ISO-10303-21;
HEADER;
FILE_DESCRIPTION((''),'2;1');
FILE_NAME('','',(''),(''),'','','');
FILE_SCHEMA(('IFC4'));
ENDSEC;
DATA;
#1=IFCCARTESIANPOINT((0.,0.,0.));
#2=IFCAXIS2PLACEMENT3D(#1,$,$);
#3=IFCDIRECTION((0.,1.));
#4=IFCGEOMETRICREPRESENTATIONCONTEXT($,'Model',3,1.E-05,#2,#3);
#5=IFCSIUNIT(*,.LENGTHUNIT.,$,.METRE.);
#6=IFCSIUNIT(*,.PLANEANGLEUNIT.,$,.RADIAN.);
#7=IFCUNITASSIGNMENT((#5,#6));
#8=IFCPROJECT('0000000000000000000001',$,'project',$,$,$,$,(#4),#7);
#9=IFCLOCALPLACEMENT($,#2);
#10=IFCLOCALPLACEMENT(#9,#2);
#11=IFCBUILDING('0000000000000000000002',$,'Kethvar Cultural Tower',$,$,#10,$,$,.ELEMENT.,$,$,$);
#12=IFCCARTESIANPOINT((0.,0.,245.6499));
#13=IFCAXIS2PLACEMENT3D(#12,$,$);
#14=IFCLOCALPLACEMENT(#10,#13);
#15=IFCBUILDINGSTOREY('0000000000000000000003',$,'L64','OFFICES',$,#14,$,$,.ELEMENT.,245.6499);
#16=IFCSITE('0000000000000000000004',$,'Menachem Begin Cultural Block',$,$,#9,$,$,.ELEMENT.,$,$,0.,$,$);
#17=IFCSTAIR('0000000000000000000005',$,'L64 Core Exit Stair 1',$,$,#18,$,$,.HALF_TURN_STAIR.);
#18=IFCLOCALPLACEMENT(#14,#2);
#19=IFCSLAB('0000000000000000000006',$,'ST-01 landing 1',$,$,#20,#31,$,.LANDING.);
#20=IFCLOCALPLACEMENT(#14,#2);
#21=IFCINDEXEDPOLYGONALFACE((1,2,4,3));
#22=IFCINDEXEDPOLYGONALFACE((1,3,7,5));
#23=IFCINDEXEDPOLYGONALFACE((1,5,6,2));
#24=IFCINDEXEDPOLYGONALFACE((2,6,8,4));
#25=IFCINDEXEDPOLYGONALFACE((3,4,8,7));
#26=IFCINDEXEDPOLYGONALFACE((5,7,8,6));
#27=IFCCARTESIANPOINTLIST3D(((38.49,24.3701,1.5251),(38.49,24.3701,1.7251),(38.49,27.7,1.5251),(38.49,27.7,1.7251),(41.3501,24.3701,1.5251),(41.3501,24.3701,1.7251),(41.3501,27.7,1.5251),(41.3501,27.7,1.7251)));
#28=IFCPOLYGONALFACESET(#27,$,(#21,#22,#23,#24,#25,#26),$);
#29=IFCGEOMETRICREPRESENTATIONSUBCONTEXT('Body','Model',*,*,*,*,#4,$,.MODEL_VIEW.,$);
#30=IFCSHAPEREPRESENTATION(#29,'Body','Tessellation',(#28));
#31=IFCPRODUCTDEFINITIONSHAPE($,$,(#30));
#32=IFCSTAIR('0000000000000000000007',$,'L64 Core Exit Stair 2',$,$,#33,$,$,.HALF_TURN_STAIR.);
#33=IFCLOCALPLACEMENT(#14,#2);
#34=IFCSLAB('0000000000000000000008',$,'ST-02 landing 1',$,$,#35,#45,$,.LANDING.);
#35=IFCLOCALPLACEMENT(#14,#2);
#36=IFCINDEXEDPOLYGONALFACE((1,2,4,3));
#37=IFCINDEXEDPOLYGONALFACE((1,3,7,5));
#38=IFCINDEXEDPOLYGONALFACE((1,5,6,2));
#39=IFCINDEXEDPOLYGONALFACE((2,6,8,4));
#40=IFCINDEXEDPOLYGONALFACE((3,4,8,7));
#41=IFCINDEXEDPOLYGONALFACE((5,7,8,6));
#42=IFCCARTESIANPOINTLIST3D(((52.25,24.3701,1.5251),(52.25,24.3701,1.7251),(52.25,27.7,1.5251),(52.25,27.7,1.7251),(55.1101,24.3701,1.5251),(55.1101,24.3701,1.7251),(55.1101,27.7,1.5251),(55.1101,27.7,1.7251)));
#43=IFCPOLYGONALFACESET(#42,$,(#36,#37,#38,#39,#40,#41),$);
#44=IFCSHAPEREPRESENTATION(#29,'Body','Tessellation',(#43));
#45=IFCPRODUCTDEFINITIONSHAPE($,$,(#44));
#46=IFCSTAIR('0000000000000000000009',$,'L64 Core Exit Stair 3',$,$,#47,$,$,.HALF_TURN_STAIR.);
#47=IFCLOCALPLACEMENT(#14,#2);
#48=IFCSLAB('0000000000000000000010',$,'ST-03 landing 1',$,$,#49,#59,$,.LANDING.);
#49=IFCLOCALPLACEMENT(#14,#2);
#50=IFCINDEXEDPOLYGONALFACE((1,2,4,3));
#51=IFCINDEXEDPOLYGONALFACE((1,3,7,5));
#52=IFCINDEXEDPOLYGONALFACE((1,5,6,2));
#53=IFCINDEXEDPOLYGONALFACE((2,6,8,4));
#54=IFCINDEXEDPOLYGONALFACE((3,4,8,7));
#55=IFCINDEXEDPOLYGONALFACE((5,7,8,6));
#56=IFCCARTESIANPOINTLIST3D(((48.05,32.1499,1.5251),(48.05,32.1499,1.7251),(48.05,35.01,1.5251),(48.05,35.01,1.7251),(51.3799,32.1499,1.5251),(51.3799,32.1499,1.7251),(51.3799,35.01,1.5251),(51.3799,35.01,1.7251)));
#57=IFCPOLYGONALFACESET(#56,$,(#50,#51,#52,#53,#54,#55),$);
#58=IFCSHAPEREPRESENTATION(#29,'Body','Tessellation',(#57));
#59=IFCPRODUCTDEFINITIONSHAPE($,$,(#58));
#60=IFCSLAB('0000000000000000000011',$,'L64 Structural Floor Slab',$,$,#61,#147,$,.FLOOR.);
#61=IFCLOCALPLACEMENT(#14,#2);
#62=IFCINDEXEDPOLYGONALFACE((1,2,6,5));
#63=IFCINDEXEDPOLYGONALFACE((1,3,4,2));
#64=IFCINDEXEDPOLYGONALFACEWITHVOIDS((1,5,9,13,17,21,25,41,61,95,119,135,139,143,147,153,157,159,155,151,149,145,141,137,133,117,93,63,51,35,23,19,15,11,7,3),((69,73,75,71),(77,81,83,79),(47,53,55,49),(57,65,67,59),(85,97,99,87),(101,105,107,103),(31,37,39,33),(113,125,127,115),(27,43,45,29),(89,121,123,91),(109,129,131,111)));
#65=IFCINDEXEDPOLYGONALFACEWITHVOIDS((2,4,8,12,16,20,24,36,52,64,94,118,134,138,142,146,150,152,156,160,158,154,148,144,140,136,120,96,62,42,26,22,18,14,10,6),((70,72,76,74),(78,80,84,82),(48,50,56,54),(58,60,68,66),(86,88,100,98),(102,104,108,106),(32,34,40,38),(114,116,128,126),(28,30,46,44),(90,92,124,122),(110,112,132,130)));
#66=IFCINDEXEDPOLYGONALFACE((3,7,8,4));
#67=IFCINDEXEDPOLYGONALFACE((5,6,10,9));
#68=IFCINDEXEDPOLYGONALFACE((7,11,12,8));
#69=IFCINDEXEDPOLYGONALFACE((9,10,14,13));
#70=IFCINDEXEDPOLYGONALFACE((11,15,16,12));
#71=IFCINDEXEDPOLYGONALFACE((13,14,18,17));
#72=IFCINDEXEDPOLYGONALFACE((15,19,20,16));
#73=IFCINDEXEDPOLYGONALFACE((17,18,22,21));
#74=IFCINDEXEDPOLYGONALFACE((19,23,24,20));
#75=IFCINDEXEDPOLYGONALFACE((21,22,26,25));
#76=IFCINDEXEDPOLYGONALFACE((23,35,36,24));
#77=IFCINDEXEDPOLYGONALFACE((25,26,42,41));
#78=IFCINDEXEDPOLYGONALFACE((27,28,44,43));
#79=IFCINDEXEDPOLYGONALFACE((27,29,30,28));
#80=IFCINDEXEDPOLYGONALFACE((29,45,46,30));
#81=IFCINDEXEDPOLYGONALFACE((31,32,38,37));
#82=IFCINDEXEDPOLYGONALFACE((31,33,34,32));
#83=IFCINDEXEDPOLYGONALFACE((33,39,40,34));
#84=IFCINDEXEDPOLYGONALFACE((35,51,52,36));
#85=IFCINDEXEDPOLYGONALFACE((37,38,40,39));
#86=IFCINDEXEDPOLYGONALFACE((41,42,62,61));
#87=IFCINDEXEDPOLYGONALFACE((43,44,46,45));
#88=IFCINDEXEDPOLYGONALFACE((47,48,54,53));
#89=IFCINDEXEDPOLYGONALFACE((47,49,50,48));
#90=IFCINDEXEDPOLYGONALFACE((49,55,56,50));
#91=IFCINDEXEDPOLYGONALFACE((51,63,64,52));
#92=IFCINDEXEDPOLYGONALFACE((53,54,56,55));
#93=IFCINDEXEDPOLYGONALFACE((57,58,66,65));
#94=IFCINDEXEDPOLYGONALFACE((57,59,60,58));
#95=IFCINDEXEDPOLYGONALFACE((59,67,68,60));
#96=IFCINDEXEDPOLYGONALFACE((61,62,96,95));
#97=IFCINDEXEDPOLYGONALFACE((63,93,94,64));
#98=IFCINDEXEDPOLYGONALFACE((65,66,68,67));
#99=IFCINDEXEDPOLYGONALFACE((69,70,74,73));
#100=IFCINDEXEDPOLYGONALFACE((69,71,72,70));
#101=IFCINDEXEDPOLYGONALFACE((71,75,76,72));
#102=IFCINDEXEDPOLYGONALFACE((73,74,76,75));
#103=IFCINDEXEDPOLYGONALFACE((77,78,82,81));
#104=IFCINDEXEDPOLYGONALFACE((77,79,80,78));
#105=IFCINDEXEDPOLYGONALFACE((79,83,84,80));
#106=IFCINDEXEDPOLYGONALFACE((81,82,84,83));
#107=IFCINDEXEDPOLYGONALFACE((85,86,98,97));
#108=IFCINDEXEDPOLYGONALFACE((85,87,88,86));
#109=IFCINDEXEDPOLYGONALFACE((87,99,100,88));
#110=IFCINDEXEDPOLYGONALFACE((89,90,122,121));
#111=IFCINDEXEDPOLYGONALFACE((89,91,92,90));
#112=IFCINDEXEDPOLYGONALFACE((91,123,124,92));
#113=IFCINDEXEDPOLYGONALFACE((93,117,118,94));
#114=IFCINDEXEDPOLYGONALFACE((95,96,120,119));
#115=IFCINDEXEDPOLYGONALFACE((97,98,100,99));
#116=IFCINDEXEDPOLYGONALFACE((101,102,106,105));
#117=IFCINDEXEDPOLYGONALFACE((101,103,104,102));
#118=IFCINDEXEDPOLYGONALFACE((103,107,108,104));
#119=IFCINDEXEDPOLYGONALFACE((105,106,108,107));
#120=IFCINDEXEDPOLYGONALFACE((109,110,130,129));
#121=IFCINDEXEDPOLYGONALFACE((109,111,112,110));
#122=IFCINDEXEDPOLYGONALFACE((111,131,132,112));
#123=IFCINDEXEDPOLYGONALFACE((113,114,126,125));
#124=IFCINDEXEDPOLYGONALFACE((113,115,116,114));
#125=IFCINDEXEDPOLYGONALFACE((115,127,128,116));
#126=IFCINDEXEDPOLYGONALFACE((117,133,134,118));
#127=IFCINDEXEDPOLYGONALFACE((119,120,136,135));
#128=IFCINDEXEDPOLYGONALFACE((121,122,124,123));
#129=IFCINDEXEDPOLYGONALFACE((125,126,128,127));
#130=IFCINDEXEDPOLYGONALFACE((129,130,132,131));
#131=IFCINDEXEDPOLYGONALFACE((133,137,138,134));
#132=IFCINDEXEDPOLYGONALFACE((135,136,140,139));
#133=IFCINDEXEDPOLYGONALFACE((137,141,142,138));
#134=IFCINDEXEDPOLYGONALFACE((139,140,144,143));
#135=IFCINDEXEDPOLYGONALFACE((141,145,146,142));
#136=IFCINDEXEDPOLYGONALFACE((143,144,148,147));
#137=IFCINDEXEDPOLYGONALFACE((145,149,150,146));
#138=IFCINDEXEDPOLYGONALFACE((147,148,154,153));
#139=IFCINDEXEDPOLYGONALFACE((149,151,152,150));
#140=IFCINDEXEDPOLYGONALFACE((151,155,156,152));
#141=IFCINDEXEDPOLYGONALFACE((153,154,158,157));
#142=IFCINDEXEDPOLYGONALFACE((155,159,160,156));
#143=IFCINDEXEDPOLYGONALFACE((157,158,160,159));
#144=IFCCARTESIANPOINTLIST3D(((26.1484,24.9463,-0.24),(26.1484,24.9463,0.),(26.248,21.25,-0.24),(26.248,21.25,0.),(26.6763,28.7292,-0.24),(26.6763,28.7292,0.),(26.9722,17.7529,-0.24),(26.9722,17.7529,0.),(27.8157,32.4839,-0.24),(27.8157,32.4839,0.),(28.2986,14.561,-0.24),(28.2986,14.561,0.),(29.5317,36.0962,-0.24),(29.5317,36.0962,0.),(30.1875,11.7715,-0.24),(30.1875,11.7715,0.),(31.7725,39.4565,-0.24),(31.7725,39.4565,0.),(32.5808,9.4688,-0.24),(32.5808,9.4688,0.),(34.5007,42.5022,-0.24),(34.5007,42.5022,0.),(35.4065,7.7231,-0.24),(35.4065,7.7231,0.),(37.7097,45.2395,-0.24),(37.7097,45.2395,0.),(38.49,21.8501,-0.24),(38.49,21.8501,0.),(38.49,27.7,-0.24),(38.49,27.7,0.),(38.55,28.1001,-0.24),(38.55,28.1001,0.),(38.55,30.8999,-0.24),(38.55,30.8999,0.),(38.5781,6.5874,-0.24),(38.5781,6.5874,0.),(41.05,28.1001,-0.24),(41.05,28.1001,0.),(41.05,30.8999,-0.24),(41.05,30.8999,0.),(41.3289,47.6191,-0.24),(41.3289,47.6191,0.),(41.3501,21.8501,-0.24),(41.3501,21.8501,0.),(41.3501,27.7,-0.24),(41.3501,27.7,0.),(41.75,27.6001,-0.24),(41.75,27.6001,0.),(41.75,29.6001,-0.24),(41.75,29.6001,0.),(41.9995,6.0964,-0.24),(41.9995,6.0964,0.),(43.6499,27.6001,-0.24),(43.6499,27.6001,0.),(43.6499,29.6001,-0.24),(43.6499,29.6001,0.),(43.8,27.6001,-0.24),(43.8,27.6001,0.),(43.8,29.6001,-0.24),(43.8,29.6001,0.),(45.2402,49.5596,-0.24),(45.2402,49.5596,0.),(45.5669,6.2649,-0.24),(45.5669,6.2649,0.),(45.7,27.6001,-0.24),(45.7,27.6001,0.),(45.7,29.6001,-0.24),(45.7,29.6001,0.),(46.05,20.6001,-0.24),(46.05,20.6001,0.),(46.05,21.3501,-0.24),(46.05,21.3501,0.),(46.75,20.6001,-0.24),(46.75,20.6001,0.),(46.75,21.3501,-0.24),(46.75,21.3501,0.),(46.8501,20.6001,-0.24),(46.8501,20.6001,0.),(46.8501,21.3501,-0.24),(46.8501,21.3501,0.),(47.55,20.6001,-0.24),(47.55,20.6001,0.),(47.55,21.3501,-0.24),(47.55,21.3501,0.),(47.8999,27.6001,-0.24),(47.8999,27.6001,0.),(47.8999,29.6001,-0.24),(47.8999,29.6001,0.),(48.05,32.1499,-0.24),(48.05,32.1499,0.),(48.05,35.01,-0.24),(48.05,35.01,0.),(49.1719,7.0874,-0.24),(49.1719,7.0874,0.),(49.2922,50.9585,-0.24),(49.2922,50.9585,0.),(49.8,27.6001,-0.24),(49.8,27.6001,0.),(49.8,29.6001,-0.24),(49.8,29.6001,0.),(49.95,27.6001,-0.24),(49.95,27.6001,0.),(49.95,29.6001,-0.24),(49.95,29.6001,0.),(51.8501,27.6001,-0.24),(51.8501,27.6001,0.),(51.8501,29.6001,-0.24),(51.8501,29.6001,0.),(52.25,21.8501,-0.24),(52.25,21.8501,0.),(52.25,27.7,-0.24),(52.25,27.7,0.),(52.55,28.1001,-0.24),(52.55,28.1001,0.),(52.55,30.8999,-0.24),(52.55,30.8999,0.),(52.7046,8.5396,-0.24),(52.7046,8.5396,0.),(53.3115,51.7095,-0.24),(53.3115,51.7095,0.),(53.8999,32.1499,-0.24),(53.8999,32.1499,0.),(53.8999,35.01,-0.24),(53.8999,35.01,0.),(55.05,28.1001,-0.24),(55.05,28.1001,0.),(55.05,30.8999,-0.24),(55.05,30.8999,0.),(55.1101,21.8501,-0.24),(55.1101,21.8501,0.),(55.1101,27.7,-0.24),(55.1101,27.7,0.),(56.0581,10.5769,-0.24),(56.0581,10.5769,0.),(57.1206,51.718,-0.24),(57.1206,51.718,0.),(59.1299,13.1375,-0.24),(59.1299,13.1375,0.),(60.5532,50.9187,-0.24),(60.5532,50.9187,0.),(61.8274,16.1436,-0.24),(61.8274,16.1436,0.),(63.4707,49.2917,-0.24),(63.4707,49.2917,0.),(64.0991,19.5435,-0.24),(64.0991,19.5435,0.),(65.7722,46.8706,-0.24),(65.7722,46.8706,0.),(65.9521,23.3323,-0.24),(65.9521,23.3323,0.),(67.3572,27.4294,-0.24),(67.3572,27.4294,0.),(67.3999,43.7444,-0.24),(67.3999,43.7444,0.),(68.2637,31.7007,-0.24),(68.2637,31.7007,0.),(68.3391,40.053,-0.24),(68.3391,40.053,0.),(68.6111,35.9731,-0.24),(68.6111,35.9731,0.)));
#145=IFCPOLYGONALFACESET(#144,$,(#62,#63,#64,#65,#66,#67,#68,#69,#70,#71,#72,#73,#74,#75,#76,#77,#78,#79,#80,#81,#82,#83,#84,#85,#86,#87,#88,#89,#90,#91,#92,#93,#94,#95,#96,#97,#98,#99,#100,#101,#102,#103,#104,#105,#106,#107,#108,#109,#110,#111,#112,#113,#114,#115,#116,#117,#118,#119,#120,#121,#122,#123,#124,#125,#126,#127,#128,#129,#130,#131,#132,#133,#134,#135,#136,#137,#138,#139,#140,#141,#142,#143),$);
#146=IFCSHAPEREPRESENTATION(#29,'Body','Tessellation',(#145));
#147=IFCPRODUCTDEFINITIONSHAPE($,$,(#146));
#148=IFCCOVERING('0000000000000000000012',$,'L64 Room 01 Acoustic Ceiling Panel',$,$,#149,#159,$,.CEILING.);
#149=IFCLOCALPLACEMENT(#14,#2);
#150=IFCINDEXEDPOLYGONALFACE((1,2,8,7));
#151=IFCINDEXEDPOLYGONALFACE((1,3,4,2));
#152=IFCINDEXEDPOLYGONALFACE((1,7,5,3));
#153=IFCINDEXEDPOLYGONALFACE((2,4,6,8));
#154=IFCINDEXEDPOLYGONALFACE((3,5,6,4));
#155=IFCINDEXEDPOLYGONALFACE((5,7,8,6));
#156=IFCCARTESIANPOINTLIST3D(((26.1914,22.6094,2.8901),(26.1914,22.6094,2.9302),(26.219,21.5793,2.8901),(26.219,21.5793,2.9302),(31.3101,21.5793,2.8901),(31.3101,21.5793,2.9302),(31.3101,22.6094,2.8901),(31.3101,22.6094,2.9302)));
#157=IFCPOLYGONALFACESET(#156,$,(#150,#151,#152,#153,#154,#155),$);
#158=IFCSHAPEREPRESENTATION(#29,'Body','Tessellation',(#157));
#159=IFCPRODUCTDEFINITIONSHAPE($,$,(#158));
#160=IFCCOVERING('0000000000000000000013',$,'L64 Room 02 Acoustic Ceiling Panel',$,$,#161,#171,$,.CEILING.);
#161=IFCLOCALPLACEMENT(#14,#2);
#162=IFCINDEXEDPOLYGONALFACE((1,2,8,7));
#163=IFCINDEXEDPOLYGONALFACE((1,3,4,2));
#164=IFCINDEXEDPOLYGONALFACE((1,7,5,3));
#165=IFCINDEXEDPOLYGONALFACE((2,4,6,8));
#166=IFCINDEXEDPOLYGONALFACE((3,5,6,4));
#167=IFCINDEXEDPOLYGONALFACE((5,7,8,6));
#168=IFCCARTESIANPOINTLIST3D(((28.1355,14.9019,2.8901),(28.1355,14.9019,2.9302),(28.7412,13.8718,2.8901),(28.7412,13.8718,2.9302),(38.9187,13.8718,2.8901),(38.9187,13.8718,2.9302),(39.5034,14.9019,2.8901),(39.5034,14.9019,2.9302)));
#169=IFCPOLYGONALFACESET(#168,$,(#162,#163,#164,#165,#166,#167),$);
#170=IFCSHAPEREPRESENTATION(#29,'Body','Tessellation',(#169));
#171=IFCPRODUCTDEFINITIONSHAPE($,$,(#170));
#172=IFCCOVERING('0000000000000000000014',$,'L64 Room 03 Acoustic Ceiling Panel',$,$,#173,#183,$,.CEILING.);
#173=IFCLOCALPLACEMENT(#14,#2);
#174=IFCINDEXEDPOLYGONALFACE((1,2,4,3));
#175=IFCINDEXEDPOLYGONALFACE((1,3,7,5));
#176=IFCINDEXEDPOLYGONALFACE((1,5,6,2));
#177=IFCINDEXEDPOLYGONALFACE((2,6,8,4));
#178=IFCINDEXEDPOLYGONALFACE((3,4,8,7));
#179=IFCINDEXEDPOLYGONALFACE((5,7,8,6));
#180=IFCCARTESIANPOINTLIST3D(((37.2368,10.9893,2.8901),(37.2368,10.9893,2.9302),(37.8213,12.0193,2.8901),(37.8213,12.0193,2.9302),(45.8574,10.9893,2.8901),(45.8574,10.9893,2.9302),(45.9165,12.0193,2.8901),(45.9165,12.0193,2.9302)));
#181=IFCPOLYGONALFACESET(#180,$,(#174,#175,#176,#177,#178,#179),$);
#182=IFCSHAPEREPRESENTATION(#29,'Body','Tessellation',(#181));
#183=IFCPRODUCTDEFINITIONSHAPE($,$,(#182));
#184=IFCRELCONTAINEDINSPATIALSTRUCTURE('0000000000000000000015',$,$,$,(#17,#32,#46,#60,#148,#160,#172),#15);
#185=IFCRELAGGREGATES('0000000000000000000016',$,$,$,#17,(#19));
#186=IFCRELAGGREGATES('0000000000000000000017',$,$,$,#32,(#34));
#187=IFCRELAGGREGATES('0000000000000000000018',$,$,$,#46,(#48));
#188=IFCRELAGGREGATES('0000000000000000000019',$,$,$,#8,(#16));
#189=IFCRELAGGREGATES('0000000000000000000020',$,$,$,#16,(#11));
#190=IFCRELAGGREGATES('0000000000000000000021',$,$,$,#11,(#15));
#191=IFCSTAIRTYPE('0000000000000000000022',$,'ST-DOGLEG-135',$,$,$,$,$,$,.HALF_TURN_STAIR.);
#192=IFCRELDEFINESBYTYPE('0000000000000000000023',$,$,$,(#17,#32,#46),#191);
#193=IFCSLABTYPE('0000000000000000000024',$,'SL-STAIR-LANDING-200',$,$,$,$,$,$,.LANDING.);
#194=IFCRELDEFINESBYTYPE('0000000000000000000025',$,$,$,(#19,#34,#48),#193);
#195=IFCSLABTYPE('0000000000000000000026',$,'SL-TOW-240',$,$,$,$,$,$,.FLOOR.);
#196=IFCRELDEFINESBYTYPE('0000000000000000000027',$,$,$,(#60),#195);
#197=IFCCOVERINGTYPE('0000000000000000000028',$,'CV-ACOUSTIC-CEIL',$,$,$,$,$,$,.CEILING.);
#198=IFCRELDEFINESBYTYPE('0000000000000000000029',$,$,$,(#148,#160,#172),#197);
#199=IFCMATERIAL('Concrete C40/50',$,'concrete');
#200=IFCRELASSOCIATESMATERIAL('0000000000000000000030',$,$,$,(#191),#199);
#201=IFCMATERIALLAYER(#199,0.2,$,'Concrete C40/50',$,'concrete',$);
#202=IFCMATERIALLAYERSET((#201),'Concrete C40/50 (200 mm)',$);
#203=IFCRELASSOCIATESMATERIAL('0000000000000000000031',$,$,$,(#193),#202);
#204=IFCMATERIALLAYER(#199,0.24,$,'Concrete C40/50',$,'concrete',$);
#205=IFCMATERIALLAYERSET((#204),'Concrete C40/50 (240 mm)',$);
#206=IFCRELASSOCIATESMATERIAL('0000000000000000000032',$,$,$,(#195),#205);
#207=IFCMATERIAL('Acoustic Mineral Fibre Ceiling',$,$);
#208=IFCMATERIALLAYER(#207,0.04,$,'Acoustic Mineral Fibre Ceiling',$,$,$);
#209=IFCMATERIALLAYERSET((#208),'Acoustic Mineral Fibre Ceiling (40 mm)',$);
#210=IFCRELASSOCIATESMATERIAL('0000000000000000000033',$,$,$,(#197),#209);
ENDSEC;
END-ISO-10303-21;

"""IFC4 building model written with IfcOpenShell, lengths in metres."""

from ifc_helpers import new_model, si_unit, direction, frame, origin, place, context, subcontext, project, spatial, polyline, outline, extrude, material, layer, layer_set, type_object, element, aggregate, save


model = new_model("IFC4")

# Units and contexts
model_context = context("Model", 3, precision=1e-05, world=origin(), true_north=direction((0.0, 1.0)))
body_context = subcontext(model_context, "Body", "Model", "MODEL_VIEW")
ifc_project = project(units=[si_unit("LENGTHUNIT", "METRE"), si_unit("PLANEANGLEUNIT", "RADIAN")], contexts=[model_context])

# Site, building, storey
site_placement = place(None, origin())
site = spatial("IfcSite", under=ifc_project, at=site_placement, Name="Menachem Begin Cultural Block", CompositionType="ELEMENT", RefElevation=0.0)
building_placement = place(site_placement, origin())
building = spatial("IfcBuilding", under=site, at=building_placement, Name="Kethvar Cultural Tower", CompositionType="ELEMENT")
storey_placement = place(building_placement, frame((0.0, 0.0, 245.6499)))
storey = spatial("IfcBuildingStorey", under=building, at=storey_placement, Name="L64", Description="OFFICES", CompositionType="ELEMENT", Elevation=245.6499)

# Stairs, slabs
ifc_material_1 = material(Name="Concrete C40/50", Category="concrete")
stair_type = type_object("IfcStairType", Name="ST-DOGLEG-135", PredefinedType="HALF_TURN_STAIR", material=ifc_material_1)
stair_1_placement = place(storey_placement, origin())
stair_1 = element("IfcStair", 1, at=stair_1_placement, inside=storey, type_object=stair_type, Name="L64 Core Exit Stair 1", PredefinedType="HALF_TURN_STAIR")
ifc_layer_1 = layer(ifc_material_1, 0.2, Name="Concrete C40/50", Category="concrete")
ifc_layer_set_1 = layer_set([ifc_layer_1], Name="Concrete C40/50 (200 mm)")
slab_type_1 = type_object("IfcSlabType", Name="SL-STAIR-LANDING-200", PredefinedType="LANDING", material=ifc_layer_set_1)
slab_1_placement = place(storey_placement, frame((0.0, 0.0, 1.5251)))
slab_1 = element("IfcSlab", 2, at=slab_1_placement, type_object=slab_type_1, Name="ST-01 landing 1", PredefinedType="LANDING", context=body_context, shape_type="SweptSolid", body=[
    extrude(outline(polyline([(41.3501, 24.3701), (41.3501, 27.7), (38.49, 27.7), (38.49, 24.3701), (41.3501, 24.3701)])), origin(), (0.0, 0.0, 1.0), 0.2),
])
aggregate(stair_1, [slab_1])
stair_2_placement = place(storey_placement, origin())
stair_2 = element("IfcStair", 3, at=stair_2_placement, inside=storey, type_object=stair_type, Name="L64 Core Exit Stair 2", PredefinedType="HALF_TURN_STAIR")
slab_2_placement = place(storey_placement, frame((0.0, 0.0, 1.5251)))
slab_2 = element("IfcSlab", 4, at=slab_2_placement, type_object=slab_type_1, Name="ST-02 landing 1", PredefinedType="LANDING", context=body_context, shape_type="SweptSolid", body=[
    extrude(outline(polyline([(55.1101, 24.3701), (55.1101, 27.7), (52.25, 27.7), (52.25, 24.3701), (55.1101, 24.3701)])), origin(), (0.0, 0.0, 1.0), 0.2),
])
aggregate(stair_2, [slab_2])
stair_3_placement = place(storey_placement, origin())
stair_3 = element("IfcStair", 5, at=stair_3_placement, inside=storey, type_object=stair_type, Name="L64 Core Exit Stair 3", PredefinedType="HALF_TURN_STAIR")
slab_3_placement = place(storey_placement, frame((0.0, 0.0, 1.5251)))
slab_3 = element("IfcSlab", 6, at=slab_3_placement, type_object=slab_type_1, Name="ST-03 landing 1", PredefinedType="LANDING", context=body_context, shape_type="SweptSolid", body=[
    extrude(outline(polyline([(51.3799, 35.01), (48.05, 35.01), (48.05, 32.1499), (51.3799, 32.1499), (51.3799, 35.01)])), origin(), (0.0, 0.0, 1.0), 0.2),
])
aggregate(stair_3, [slab_3])

# Slab
ifc_layer_2 = layer(ifc_material_1, 0.24, Name="Concrete C40/50", Category="concrete")
ifc_layer_set_2 = layer_set([ifc_layer_2], Name="Concrete C40/50 (240 mm)")
slab_type_2 = type_object("IfcSlabType", Name="SL-TOW-240", PredefinedType="FLOOR", material=ifc_layer_set_2)
slab_4_placement = place(storey_placement, frame((0.0, 0.0, -0.24)))
element("IfcSlab", 7, at=slab_4_placement, inside=storey, type_object=slab_type_2, Name="L64 Structural Floor Slab", PredefinedType="FLOOR", context=body_context, shape_type="SweptSolid", body=[
    extrude(outline(polyline([(63.4707, 49.2917), (60.5532, 50.9187), (57.1206, 51.718), (53.3115, 51.7095), (49.2922, 50.9585), (45.2402, 49.5596), (41.3289, 47.6191), (37.7097, 45.2395), (34.5007, 42.5022), (31.7725, 39.4565), (29.5317, 36.0962), (27.8157, 32.4839), (26.6763, 28.7292), (26.1484, 24.9463), (26.248, 21.25), (26.9722, 17.7529), (28.2986, 14.561), (30.1875, 11.7715), (32.5808, 9.4688), (35.4065, 7.7231), (38.5781, 6.5874), (41.9995, 6.0964), (45.5669, 6.2649), (49.1719, 7.0874), (52.7046, 8.5396), (56.0581, 10.5769), (59.1299, 13.1375), (61.8274, 16.1436), (64.0991, 19.5435), (65.9521, 23.3323), (67.3572, 27.4294), (68.2637, 31.7007), (68.6111, 35.9731), (68.3391, 40.053), (67.3999, 43.7444), (65.7722, 46.8706), (63.4707, 49.2917)]), holes=[polyline([(38.49, 21.8501), (38.49, 27.7), (41.3501, 27.7), (41.3501, 21.8501), (38.49, 21.8501)]), polyline([(52.25, 21.8501), (52.25, 27.7), (55.1101, 27.7), (55.1101, 21.8501), (52.25, 21.8501)]), polyline([(53.8999, 32.1499), (48.05, 32.1499), (48.05, 35.01), (53.8999, 35.01), (53.8999, 32.1499)]), polyline([(41.75, 29.6001), (43.6499, 29.6001), (43.6499, 27.6001), (41.75, 27.6001), (41.75, 29.6001)]), polyline([(43.8, 29.6001), (45.7, 29.6001), (45.7, 27.6001), (43.8, 27.6001), (43.8, 29.6001)]), polyline([(47.8999, 29.6001), (49.8, 29.6001), (49.8, 27.6001), (47.8999, 27.6001), (47.8999, 29.6001)]), polyline([(49.95, 29.6001), (51.8501, 29.6001), (51.8501, 27.6001), (49.95, 27.6001), (49.95, 29.6001)]), polyline([(38.55, 30.8999), (41.05, 30.8999), (41.05, 28.1001), (38.55, 28.1001), (38.55, 30.8999)]), polyline([(52.55, 30.8999), (55.05, 30.8999), (55.05, 28.1001), (52.55, 28.1001), (52.55, 30.8999)]), polyline([(46.05, 21.3501), (46.75, 21.3501), (46.75, 20.6001), (46.05, 20.6001), (46.05, 21.3501)]), polyline([(46.8501, 21.3501), (47.55, 21.3501), (47.55, 20.6001), (46.8501, 20.6001), (46.8501, 21.3501)])]), origin(), (0.0, 0.0, 1.0), 0.24),
])

# Coverings
ifc_material_2 = material(Name="Acoustic Mineral Fibre Ceiling")
ifc_layer_3 = layer(ifc_material_2, 0.04, Name="Acoustic Mineral Fibre Ceiling")
ifc_layer_set_3 = layer_set([ifc_layer_3], Name="Acoustic Mineral Fibre Ceiling (40 mm)")
covering_type_1 = type_object("IfcCoveringType", Name="CV-ACOUSTIC-CEIL", PredefinedType="CEILING", material=ifc_layer_set_3)
covering_1_placement = place(storey_placement, frame((0.0, 0.0, 2.8901)))
element("IfcCovering", 8, at=covering_1_placement, inside=storey, type_object=covering_type_1, Name="L64 Room 01 Acoustic Ceiling Panel", PredefinedType="CEILING", context=body_context, shape_type="SweptSolid", body=[
    extrude(outline(polyline([(26.1914, 22.6094), (31.3101, 22.6094), (31.3101, 21.5793), (26.219, 21.5793), (26.1914, 22.6094)])), origin(), (0.0, 0.0, 1.0), 0.04),
])
covering_2_placement = place(storey_placement, frame((0.0, 0.0, 2.8901)))
element("IfcCovering", 9, at=covering_2_placement, inside=storey, type_object=covering_type_1, Name="L64 Room 02 Acoustic Ceiling Panel", PredefinedType="CEILING", context=body_context, shape_type="SweptSolid", body=[
    extrude(outline(polyline([(28.7412, 13.8718), (28.1355, 14.9019), (39.5034, 14.9019), (38.9187, 13.8718), (28.7412, 13.8718)])), origin(), (0.0, 0.0, 1.0), 0.04),
])
covering_3_placement = place(storey_placement, frame((0.0, 0.0, 2.8901)))
element("IfcCovering", 10, at=covering_3_placement, inside=storey, type_object=covering_type_1, Name="L64 Room 03 Acoustic Ceiling Panel", PredefinedType="CEILING", context=body_context, shape_type="SweptSolid", body=[
    extrude(outline(polyline([(37.8213, 12.0193), (45.9165, 12.0193), (45.8574, 10.9893), (37.2368, 10.9893), (37.8213, 12.0193)])), origin(), (0.0, 0.0, 1.0), 0.04),
])

save(model, "model.ifc")
